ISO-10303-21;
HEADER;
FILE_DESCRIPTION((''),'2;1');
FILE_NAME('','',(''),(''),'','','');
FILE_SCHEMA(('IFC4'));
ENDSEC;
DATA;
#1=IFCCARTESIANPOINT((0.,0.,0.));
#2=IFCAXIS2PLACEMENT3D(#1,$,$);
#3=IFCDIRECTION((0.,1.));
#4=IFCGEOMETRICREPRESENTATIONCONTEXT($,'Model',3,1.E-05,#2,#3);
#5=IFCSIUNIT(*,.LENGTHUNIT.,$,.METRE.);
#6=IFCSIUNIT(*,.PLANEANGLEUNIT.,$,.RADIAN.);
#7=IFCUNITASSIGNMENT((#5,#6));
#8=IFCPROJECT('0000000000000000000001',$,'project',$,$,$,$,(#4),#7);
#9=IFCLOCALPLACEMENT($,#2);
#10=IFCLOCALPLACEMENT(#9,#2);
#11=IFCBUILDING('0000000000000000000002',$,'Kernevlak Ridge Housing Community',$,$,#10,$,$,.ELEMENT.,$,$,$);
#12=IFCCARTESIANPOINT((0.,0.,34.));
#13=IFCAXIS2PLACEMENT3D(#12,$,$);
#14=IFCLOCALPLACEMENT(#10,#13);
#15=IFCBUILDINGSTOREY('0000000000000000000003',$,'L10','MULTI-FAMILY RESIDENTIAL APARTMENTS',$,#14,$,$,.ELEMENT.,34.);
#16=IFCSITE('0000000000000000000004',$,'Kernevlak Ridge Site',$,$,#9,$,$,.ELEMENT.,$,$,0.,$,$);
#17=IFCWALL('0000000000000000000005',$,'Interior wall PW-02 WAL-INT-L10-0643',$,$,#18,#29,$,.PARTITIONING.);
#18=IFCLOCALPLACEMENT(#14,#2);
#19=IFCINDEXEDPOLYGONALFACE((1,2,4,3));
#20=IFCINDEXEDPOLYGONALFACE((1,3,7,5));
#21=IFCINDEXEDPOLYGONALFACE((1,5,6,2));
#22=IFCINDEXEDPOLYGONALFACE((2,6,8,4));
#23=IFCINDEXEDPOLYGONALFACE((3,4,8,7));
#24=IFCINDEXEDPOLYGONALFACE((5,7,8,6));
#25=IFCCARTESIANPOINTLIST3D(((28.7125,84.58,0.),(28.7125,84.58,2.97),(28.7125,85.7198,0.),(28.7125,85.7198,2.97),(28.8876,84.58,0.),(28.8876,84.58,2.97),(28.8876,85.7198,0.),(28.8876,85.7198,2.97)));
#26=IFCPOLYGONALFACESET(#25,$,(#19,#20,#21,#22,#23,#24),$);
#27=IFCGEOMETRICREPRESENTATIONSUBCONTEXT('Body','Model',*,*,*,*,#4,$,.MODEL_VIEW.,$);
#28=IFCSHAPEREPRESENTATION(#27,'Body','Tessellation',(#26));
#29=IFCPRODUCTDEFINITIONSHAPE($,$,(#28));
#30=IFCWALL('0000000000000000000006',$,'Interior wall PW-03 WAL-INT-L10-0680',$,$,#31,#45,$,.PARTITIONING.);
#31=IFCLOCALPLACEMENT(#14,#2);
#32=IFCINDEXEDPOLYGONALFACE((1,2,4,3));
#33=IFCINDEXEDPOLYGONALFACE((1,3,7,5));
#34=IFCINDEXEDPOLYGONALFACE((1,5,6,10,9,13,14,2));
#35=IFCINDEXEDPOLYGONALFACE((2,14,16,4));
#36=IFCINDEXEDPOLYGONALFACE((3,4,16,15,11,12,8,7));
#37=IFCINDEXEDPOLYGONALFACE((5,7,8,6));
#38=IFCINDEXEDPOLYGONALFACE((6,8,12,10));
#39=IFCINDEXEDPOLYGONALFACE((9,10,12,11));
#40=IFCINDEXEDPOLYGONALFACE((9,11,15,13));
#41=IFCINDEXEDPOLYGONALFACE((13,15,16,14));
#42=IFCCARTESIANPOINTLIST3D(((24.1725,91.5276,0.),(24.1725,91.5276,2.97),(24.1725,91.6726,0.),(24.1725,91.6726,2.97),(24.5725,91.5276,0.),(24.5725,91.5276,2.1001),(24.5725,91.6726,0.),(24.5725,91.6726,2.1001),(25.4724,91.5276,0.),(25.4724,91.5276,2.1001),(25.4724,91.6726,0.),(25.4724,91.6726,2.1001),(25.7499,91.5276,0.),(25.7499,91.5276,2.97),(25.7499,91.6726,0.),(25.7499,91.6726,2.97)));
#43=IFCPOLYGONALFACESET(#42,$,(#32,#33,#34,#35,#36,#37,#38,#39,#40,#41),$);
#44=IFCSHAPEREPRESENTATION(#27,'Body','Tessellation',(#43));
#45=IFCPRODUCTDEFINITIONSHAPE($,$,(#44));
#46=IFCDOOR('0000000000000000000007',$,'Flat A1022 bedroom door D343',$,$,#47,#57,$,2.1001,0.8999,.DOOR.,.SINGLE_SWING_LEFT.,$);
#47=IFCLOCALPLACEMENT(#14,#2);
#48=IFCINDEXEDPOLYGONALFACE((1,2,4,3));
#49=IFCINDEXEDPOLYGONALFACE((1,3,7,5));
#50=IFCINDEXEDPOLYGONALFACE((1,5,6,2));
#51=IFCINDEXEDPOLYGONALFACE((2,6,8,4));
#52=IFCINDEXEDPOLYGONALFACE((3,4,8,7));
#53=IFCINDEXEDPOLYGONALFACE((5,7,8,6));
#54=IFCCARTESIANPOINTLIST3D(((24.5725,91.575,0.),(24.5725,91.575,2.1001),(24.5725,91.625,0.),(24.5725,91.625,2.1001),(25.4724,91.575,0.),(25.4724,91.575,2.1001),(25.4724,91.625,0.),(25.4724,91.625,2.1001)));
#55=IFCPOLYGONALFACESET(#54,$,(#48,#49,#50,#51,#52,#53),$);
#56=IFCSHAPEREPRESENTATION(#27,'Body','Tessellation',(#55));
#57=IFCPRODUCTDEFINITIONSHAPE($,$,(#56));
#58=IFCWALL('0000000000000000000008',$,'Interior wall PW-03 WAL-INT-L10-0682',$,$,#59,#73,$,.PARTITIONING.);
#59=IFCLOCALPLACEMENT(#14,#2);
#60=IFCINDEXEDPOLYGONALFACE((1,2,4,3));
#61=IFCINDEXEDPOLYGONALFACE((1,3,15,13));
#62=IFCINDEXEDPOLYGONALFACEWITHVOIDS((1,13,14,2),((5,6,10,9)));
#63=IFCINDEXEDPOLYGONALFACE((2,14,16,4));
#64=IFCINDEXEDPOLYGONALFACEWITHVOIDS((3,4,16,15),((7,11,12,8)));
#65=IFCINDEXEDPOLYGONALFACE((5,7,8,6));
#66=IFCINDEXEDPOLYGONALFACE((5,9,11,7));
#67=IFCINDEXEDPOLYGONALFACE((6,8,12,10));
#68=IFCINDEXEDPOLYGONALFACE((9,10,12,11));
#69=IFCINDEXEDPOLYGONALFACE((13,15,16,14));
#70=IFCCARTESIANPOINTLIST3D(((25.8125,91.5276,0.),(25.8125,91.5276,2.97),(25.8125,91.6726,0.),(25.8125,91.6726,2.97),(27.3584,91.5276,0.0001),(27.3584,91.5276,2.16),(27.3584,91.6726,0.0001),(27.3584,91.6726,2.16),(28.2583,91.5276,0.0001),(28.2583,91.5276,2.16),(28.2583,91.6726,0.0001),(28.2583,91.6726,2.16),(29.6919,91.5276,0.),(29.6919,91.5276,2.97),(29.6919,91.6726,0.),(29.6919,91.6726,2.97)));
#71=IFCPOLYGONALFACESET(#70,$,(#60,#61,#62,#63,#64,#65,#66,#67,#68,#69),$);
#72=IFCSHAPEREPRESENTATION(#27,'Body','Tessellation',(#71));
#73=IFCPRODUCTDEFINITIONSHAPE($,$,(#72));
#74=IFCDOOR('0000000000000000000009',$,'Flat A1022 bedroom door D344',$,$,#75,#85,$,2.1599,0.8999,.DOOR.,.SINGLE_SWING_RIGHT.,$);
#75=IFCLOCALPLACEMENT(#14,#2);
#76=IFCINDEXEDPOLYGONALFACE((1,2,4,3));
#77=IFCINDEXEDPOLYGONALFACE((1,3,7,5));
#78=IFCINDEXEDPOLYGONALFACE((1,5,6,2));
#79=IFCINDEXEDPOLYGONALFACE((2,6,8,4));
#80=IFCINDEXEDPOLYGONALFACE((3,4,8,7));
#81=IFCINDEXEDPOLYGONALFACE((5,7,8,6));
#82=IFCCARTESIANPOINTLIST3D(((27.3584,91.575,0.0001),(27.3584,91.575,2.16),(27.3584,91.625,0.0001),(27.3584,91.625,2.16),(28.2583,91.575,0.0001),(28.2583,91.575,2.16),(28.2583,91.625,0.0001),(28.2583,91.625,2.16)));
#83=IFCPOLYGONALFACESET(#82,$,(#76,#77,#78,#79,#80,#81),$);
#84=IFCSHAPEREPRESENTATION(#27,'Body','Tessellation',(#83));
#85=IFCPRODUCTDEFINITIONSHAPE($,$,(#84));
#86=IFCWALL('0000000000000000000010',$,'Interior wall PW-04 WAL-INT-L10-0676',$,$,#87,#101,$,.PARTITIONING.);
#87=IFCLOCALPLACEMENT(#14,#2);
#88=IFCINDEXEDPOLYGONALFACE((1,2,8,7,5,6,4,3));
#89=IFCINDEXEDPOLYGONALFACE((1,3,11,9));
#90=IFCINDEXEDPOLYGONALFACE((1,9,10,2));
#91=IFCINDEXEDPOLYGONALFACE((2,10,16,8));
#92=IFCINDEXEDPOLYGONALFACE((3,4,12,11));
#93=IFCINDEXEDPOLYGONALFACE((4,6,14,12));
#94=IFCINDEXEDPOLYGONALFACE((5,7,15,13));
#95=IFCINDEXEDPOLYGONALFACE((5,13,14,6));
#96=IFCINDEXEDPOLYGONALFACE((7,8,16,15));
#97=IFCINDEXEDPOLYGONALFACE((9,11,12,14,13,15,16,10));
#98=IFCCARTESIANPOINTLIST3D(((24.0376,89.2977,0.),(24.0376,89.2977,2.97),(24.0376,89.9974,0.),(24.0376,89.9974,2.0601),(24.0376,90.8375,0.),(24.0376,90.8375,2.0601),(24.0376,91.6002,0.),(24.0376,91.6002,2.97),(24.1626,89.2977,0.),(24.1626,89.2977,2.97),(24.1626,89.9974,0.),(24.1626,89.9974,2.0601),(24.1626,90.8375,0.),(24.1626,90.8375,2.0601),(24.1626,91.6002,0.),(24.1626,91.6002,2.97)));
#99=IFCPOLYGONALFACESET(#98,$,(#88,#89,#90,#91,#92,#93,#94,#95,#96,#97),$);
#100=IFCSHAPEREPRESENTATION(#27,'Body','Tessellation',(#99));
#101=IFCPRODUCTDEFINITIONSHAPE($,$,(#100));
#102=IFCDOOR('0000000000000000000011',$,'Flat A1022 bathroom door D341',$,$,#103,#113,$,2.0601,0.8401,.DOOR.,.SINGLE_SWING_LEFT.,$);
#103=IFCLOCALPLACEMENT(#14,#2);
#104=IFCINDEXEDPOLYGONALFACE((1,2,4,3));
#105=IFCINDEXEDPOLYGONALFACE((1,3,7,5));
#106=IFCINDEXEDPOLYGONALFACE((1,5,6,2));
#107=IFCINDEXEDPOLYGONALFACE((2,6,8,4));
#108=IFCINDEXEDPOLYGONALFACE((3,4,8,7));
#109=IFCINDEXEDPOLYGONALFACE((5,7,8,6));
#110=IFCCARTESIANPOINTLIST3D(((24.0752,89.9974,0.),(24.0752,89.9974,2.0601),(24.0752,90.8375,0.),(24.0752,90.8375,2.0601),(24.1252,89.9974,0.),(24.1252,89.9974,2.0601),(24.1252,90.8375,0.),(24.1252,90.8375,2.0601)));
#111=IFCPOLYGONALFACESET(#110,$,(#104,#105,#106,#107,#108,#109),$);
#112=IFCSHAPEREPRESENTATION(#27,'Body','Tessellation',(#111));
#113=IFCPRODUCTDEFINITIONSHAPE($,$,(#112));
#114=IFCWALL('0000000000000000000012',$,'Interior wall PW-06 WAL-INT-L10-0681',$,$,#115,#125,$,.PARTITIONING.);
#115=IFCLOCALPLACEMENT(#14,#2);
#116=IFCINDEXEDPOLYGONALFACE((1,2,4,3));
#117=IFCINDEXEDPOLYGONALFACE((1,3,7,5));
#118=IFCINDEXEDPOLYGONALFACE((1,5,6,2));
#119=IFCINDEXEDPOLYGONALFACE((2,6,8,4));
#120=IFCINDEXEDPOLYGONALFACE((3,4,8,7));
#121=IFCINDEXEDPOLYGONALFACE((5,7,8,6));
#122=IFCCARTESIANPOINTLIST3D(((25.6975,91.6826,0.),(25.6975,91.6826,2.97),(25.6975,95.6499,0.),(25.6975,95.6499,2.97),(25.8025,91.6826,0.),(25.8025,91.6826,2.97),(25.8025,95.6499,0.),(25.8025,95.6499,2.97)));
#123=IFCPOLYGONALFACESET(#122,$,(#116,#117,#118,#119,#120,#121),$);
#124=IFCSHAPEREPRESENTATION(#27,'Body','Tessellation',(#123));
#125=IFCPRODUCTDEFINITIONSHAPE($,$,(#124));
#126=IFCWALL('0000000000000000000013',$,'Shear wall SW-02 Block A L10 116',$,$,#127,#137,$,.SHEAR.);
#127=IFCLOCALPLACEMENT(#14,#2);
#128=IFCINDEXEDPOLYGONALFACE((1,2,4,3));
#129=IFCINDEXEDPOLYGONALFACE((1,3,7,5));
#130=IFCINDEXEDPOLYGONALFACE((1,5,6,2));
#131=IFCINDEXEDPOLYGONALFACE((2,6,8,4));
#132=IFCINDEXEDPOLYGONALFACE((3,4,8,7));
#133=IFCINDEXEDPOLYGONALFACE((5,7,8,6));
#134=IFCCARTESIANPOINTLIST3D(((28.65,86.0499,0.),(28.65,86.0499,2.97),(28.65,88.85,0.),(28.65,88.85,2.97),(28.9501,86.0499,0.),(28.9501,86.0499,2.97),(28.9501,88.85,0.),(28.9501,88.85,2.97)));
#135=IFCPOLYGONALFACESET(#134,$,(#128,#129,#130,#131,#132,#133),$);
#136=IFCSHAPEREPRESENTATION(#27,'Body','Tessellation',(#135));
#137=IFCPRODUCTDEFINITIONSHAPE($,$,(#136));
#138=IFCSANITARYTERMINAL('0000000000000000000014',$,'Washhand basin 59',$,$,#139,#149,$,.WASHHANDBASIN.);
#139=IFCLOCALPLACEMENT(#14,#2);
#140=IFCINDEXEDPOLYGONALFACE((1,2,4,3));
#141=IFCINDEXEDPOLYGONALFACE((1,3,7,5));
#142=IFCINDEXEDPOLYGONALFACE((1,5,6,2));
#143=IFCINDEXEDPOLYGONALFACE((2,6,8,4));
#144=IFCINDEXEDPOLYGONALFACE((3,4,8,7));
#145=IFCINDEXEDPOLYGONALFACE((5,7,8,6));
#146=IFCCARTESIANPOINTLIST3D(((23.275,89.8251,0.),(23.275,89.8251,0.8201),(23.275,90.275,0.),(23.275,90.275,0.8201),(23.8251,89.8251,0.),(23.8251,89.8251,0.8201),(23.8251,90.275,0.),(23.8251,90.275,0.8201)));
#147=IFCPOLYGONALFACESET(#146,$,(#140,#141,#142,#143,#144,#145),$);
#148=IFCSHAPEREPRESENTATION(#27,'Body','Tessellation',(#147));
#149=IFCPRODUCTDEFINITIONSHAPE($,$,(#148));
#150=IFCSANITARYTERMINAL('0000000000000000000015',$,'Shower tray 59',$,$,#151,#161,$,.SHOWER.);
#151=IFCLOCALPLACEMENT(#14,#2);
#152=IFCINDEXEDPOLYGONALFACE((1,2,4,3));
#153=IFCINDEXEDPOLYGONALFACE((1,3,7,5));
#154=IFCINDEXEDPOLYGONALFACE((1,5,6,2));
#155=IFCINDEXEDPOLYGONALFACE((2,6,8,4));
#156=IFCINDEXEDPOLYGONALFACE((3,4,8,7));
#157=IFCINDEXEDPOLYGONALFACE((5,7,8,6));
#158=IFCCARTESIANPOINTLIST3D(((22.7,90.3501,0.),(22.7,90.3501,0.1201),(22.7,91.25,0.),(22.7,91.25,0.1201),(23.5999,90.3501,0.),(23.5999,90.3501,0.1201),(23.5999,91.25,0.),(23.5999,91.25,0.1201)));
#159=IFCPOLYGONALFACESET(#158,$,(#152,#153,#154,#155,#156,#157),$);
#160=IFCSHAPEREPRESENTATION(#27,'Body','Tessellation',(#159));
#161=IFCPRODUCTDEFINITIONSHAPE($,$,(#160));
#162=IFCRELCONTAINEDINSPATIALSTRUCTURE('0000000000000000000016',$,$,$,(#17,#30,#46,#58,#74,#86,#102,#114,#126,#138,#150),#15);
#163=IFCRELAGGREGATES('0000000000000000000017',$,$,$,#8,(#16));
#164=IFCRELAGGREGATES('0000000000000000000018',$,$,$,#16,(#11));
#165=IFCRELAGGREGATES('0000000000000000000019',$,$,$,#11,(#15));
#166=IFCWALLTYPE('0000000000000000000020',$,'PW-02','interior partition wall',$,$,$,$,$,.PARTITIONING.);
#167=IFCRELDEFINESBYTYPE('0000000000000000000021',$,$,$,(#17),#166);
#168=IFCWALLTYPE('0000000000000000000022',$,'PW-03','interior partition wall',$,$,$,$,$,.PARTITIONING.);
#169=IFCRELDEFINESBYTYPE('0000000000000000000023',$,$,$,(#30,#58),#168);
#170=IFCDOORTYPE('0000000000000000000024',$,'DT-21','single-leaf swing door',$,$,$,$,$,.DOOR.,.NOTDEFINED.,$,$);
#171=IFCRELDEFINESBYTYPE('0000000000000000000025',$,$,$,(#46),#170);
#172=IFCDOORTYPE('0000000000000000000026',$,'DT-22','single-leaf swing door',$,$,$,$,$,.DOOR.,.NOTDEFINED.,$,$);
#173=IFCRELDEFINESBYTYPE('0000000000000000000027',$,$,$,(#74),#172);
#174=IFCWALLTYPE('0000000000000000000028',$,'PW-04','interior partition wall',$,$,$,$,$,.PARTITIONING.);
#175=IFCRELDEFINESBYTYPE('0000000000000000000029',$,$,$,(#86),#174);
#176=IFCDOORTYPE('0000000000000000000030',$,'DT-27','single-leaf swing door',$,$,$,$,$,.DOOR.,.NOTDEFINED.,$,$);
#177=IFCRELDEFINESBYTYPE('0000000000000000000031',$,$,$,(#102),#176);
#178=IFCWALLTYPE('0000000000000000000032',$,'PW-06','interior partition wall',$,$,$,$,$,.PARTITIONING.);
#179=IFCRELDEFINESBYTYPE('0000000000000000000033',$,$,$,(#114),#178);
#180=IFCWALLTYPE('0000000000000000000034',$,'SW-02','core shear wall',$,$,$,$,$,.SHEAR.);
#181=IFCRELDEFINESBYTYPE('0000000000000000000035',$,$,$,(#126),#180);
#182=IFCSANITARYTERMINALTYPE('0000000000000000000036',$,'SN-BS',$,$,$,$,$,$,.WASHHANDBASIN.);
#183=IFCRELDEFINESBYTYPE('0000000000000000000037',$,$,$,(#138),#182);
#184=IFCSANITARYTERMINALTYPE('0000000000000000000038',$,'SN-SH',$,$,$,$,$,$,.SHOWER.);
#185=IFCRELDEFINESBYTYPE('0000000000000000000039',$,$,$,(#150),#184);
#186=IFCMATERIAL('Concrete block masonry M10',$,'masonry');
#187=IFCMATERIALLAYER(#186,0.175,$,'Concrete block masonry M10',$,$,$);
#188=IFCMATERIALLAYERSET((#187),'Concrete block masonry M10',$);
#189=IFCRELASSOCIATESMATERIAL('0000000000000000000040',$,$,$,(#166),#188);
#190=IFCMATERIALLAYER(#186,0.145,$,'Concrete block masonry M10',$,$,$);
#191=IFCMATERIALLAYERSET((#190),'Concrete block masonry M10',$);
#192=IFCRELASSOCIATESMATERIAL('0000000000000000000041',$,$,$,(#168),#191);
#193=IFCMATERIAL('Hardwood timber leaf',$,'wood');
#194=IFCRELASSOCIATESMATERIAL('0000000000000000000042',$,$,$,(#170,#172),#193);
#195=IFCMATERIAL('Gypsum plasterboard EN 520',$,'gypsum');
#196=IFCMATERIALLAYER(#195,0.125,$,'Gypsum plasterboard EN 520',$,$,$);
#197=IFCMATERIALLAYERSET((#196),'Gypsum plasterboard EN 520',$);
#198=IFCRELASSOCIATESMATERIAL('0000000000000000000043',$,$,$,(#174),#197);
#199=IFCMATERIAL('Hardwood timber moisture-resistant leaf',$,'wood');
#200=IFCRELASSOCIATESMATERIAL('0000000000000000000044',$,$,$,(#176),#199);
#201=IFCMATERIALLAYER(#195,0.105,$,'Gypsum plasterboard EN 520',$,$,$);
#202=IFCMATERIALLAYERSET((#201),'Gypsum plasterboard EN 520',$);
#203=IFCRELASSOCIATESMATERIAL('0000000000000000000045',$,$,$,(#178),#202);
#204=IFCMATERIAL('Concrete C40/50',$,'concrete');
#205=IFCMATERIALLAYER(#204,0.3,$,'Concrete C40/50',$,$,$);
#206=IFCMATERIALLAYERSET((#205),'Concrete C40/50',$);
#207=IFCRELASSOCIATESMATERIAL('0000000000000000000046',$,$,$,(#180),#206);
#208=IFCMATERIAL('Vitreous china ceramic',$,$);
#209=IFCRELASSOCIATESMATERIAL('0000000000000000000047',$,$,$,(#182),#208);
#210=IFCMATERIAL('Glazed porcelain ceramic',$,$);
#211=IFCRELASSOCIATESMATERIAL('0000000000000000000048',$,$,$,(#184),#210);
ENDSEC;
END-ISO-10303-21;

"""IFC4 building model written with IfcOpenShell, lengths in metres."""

from ifc_helpers import new_model, si_unit, direction, frame, frame_2d, origin, origin_2d, place, context, subcontext, project, spatial, rectangle, extrude, material, layer, layer_set, type_object, element, fill, save


model = new_model("IFC4")

# Units and contexts
model_context = context("Model", 3, precision=1e-05, world=origin(), true_north=direction((0.0, 1.0)))
body_context = subcontext(model_context, "Body", "Model", "MODEL_VIEW")
ifc_project = project(units=[si_unit("LENGTHUNIT", "METRE"), si_unit("PLANEANGLEUNIT", "RADIAN")], contexts=[model_context])

# Site, building, storey
site_placement = place(None, origin())
site = spatial("IfcSite", under=ifc_project, at=site_placement, Name="Kernevlak Ridge Site", CompositionType="ELEMENT", RefElevation=0.0)
building_placement = place(site_placement, origin())
building = spatial("IfcBuilding", under=site, at=building_placement, Name="Kernevlak Ridge Housing Community", CompositionType="ELEMENT")
storey_placement = place(building_placement, frame((0.0, 0.0, 34.0)))
storey = spatial("IfcBuildingStorey", under=building, at=storey_placement, Name="L10", Description="MULTI-FAMILY RESIDENTIAL APARTMENTS", CompositionType="ELEMENT", Elevation=34.0)

# Shared definitions
ifc_material_1 = material(Name="Concrete block masonry M10", Category="masonry")

# Shared definitions
ifc_layer_1 = layer(ifc_material_1, 0.175, Name="Concrete block masonry M10")
ifc_layer_set_1 = layer_set([ifc_layer_1], Name="Concrete block masonry M10")
wall_type_1 = type_object("IfcWallType", Name="PW-02", Description="interior partition wall", PredefinedType="PARTITIONING", material=ifc_layer_set_1)

# Wall
wall_1_placement = place(storey_placement, frame((28.8, 84.5801, 0.0), z_axis=(0.0, 0.0, 1.0), x_axis=(0.0, 1.0, 0.0)))
element("IfcWall", 1, at=wall_1_placement, inside=storey, type_object=wall_type_1, Name="Interior wall PW-02 WAL-INT-L10-0643", PredefinedType="PARTITIONING", context=body_context, shape_type="SweptSolid", body=[
    extrude(rectangle(XDim=1.1399, YDim=0.175, at=frame_2d((0.5698, 0.0))), origin(), (0.0, 0.0, 1.0), 2.97),
])

# Walls, openings, doors
ifc_layer_2 = layer(ifc_material_1, 0.145, Name="Concrete block masonry M10")
ifc_layer_set_2 = layer_set([ifc_layer_2], Name="Concrete block masonry M10")
wall_type_2 = type_object("IfcWallType", Name="PW-03", Description="interior partition wall", PredefinedType="PARTITIONING", material=ifc_layer_set_2)
wall_2_placement = place(storey_placement, frame((24.1726, 91.6001, 0.0), z_axis=(0.0, 0.0, 1.0), x_axis=(1.0, 0.0, 0.0)))
wall_2 = element("IfcWall", 2, at=wall_2_placement, inside=storey, type_object=wall_type_2, Name="Interior wall PW-03 WAL-INT-L10-0680", PredefinedType="PARTITIONING", context=body_context, shape_type="SweptSolid", body=[
    extrude(rectangle(XDim=1.5774, YDim=0.145, at=frame_2d((0.7886, 0.0))), origin(), (0.0, 0.0, 1.0), 2.97),
])
opening_1_placement = place(wall_2_placement, frame((0.3999, 0.0, 0.0)))
opening_1 = element("IfcOpeningElement", 3, at=opening_1_placement, cuts=wall_2, PredefinedType="OPENING", context=body_context, shape_type="SweptSolid", body=[
    extrude(rectangle(XDim=0.8999, YDim=2.1001, at=frame_2d((0.45, 1.05))), frame((0.0, 0.0825, 0.0), z_axis=(0.0, -1.0, 0.0), x_axis=(1.0, 0.0, 0.0)), (0.0, 0.0, 1.0), 0.165),
])
ifc_material_2 = material(Name="Hardwood timber leaf", Category="wood")
door_type_1 = type_object("IfcDoorType", Name="DT-21", Description="single-leaf swing door", OperationType="NOTDEFINED", PredefinedType="DOOR", material=ifc_material_2)
door_1_placement = place(opening_1_placement, origin())
door_1 = element("IfcDoor", 4, at=door_1_placement, inside=storey, type_object=door_type_1, Name="Flat A1022 bedroom door D343", OperationType="SINGLE_SWING_LEFT", OverallHeight=2.1001, OverallWidth=0.8999, PredefinedType="DOOR", context=body_context, shape_type="SweptSolid", body=[
    extrude(rectangle(XDim=0.8999, YDim=2.1001, at=frame_2d((0.45, 1.05))), frame((0.0, 0.0249, 0.0), z_axis=(0.0, -1.0, 0.0), x_axis=(1.0, 0.0, 0.0)), (0.0, 0.0, 1.0), 0.05),
])
fill(opening_1, door_1)
wall_3_placement = place(storey_placement, frame((25.8125, 91.6001, 0.0), z_axis=(0.0, 0.0, 1.0), x_axis=(1.0, 0.0, 0.0)))
wall_3 = element("IfcWall", 5, at=wall_3_placement, inside=storey, type_object=wall_type_2, Name="Interior wall PW-03 WAL-INT-L10-0682", PredefinedType="PARTITIONING", context=body_context, shape_type="SweptSolid", body=[
    extrude(rectangle(XDim=3.8794, YDim=0.145, at=frame_2d((1.9397, 0.0))), origin(), (0.0, 0.0, 1.0), 2.97),
])
opening_2_placement = place(wall_3_placement, frame((1.5459, 0.0, 0.0)))
opening_2 = element("IfcOpeningElement", 6, at=opening_2_placement, cuts=wall_3, PredefinedType="OPENING", context=body_context, shape_type="SweptSolid", body=[
    extrude(rectangle(XDim=0.8999, YDim=2.1599, at=frame_2d((0.45, 1.0801))), frame((0.0, 0.0825, 0.0), z_axis=(0.0, -1.0, 0.0), x_axis=(1.0, 0.0, 0.0)), (0.0, 0.0, 1.0), 0.165),
])
door_type_2 = type_object("IfcDoorType", Name="DT-22", Description="single-leaf swing door", OperationType="NOTDEFINED", PredefinedType="DOOR", material=ifc_material_2)
door_2_placement = place(opening_2_placement, origin())
door_2 = element("IfcDoor", 7, at=door_2_placement, inside=storey, type_object=door_type_2, Name="Flat A1022 bedroom door D344", OperationType="SINGLE_SWING_RIGHT", OverallHeight=2.1599, OverallWidth=0.8999, PredefinedType="DOOR", context=body_context, shape_type="SweptSolid", body=[
    extrude(rectangle(XDim=0.8999, YDim=2.1599, at=frame_2d((0.45, 1.0801))), frame((0.0, 0.0249, 0.0), z_axis=(0.0, -1.0, 0.0), x_axis=(1.0, 0.0, 0.0)), (0.0, 0.0, 1.0), 0.05),
])
fill(opening_2, door_2)
ifc_material_3 = material(Name="Gypsum plasterboard EN 520", Category="gypsum")
ifc_layer_3 = layer(ifc_material_3, 0.125, Name="Gypsum plasterboard EN 520")
ifc_layer_set_3 = layer_set([ifc_layer_3], Name="Gypsum plasterboard EN 520")
wall_type_3 = type_object("IfcWallType", Name="PW-04", Description="interior partition wall", PredefinedType="PARTITIONING", material=ifc_layer_set_3)
wall_4_placement = place(storey_placement, frame((24.1001, 89.2976, 0.0), z_axis=(0.0, 0.0, 1.0), x_axis=(0.0, 1.0, 0.0)))
wall_4 = element("IfcWall", 8, at=wall_4_placement, inside=storey, type_object=wall_type_3, Name="Interior wall PW-04 WAL-INT-L10-0676", PredefinedType="PARTITIONING", context=body_context, shape_type="SweptSolid", body=[
    extrude(rectangle(XDim=2.3025, YDim=0.125, at=frame_2d((1.1514, 0.0))), origin(), (0.0, 0.0, 1.0), 2.97),
])
opening_3_placement = place(wall_4_placement, frame((0.7, 0.0, 0.0)))
opening_3 = element("IfcOpeningElement", 9, at=opening_3_placement, cuts=wall_4, PredefinedType="OPENING", context=body_context, shape_type="SweptSolid", body=[
    extrude(rectangle(XDim=0.8401, YDim=2.0601, at=frame_2d((0.4199, 1.03))), frame((0.0, 0.0725, 0.0), z_axis=(0.0, -1.0, 0.0), x_axis=(1.0, 0.0, 0.0)), (0.0, 0.0, 1.0), 0.145),
])
ifc_material_4 = material(Name="Hardwood timber moisture-resistant leaf", Category="wood")
door_type_3 = type_object("IfcDoorType", Name="DT-27", Description="single-leaf swing door", OperationType="NOTDEFINED", PredefinedType="DOOR", material=ifc_material_4)
door_3_placement = place(opening_3_placement, origin())
door_3 = element("IfcDoor", 10, at=door_3_placement, inside=storey, type_object=door_type_3, Name="Flat A1022 bathroom door D341", OperationType="SINGLE_SWING_LEFT", OverallHeight=2.0601, OverallWidth=0.8401, PredefinedType="DOOR", context=body_context, shape_type="SweptSolid", body=[
    extrude(rectangle(XDim=0.8401, YDim=2.0601, at=frame_2d((0.4199, 1.03))), frame((0.0, 0.0249, 0.0), z_axis=(0.0, -1.0, 0.0), x_axis=(1.0, 0.0, 0.0)), (0.0, 0.0, 1.0), 0.05),
])
fill(opening_3, door_3)

# Walls
ifc_layer_4 = layer(ifc_material_3, 0.105, Name="Gypsum plasterboard EN 520")
ifc_layer_set_4 = layer_set([ifc_layer_4], Name="Gypsum plasterboard EN 520")
wall_type_4 = type_object("IfcWallType", Name="PW-06", Description="interior partition wall", PredefinedType="PARTITIONING", material=ifc_layer_set_4)
wall_5_placement = place(storey_placement, frame((25.75, 91.6826, 0.0), z_axis=(0.0, 0.0, 1.0), x_axis=(0.0, 1.0, 0.0)))
element("IfcWall", 11, at=wall_5_placement, inside=storey, type_object=wall_type_4, Name="Interior wall PW-06 WAL-INT-L10-0681", PredefinedType="PARTITIONING", context=body_context, shape_type="SweptSolid", body=[
    extrude(rectangle(XDim=3.9673, YDim=0.105, at=frame_2d((1.9836, 0.0))), origin(), (0.0, 0.0, 1.0), 2.97),
])
ifc_material_5 = material(Name="Concrete C40/50", Category="concrete")
ifc_layer_5 = layer(ifc_material_5, 0.3, Name="Concrete C40/50")
ifc_layer_set_5 = layer_set([ifc_layer_5], Name="Concrete C40/50")
wall_type_5 = type_object("IfcWallType", Name="SW-02", Description="core shear wall", PredefinedType="SHEAR", material=ifc_layer_set_5)
wall_6_placement = place(storey_placement, frame((28.8, 86.05, 0.0), z_axis=(0.0, 0.0, 1.0), x_axis=(0.0, 1.0, 0.0)))
element("IfcWall", 12, at=wall_6_placement, inside=storey, type_object=wall_type_5, Name="Shear wall SW-02 Block A L10 116", PredefinedType="SHEAR", context=body_context, shape_type="SweptSolid", body=[
    extrude(rectangle(XDim=2.8, YDim=0.3, at=frame_2d((1.3999, 0.0))), origin(), (0.0, 0.0, 1.0), 2.97),
])

# Sanitary terminals
ifc_material_6 = material(Name="Vitreous china ceramic")
sanitary_terminal_type_1 = type_object("IfcSanitaryTerminalType", Name="SN-BS", PredefinedType="WASHHANDBASIN", material=ifc_material_6)
sanitary_terminal_1_placement = place(storey_placement, frame((23.55, 90.05, 0.0), z_axis=(0.0, 0.0, 1.0), x_axis=(1.0, 0.0, 0.0)))
element("IfcSanitaryTerminal", 13, at=sanitary_terminal_1_placement, inside=storey, type_object=sanitary_terminal_type_1, Name="Washhand basin 59", PredefinedType="WASHHANDBASIN", context=body_context, shape_type="SweptSolid", body=[
    extrude(rectangle(XDim=0.55, YDim=0.45, at=origin_2d()), origin(), (0.0, 0.0, 1.0), 0.8201),
])
ifc_material_7 = material(Name="Glazed porcelain ceramic")
sanitary_terminal_type_2 = type_object("IfcSanitaryTerminalType", Name="SN-SH", PredefinedType="SHOWER", material=ifc_material_7)
sanitary_terminal_2_placement = place(storey_placement, frame((23.1499, 90.8, 0.0), z_axis=(0.0, 0.0, 1.0), x_axis=(1.0, 0.0, 0.0)))
element("IfcSanitaryTerminal", 14, at=sanitary_terminal_2_placement, inside=storey, type_object=sanitary_terminal_type_2, Name="Shower tray 59", PredefinedType="SHOWER", context=body_context, shape_type="SweptSolid", body=[
    extrude(rectangle(XDim=0.8999, YDim=0.8999, at=origin_2d()), origin(), (0.0, 0.0, 1.0), 0.1201),
])

save(model, "model.ifc")
